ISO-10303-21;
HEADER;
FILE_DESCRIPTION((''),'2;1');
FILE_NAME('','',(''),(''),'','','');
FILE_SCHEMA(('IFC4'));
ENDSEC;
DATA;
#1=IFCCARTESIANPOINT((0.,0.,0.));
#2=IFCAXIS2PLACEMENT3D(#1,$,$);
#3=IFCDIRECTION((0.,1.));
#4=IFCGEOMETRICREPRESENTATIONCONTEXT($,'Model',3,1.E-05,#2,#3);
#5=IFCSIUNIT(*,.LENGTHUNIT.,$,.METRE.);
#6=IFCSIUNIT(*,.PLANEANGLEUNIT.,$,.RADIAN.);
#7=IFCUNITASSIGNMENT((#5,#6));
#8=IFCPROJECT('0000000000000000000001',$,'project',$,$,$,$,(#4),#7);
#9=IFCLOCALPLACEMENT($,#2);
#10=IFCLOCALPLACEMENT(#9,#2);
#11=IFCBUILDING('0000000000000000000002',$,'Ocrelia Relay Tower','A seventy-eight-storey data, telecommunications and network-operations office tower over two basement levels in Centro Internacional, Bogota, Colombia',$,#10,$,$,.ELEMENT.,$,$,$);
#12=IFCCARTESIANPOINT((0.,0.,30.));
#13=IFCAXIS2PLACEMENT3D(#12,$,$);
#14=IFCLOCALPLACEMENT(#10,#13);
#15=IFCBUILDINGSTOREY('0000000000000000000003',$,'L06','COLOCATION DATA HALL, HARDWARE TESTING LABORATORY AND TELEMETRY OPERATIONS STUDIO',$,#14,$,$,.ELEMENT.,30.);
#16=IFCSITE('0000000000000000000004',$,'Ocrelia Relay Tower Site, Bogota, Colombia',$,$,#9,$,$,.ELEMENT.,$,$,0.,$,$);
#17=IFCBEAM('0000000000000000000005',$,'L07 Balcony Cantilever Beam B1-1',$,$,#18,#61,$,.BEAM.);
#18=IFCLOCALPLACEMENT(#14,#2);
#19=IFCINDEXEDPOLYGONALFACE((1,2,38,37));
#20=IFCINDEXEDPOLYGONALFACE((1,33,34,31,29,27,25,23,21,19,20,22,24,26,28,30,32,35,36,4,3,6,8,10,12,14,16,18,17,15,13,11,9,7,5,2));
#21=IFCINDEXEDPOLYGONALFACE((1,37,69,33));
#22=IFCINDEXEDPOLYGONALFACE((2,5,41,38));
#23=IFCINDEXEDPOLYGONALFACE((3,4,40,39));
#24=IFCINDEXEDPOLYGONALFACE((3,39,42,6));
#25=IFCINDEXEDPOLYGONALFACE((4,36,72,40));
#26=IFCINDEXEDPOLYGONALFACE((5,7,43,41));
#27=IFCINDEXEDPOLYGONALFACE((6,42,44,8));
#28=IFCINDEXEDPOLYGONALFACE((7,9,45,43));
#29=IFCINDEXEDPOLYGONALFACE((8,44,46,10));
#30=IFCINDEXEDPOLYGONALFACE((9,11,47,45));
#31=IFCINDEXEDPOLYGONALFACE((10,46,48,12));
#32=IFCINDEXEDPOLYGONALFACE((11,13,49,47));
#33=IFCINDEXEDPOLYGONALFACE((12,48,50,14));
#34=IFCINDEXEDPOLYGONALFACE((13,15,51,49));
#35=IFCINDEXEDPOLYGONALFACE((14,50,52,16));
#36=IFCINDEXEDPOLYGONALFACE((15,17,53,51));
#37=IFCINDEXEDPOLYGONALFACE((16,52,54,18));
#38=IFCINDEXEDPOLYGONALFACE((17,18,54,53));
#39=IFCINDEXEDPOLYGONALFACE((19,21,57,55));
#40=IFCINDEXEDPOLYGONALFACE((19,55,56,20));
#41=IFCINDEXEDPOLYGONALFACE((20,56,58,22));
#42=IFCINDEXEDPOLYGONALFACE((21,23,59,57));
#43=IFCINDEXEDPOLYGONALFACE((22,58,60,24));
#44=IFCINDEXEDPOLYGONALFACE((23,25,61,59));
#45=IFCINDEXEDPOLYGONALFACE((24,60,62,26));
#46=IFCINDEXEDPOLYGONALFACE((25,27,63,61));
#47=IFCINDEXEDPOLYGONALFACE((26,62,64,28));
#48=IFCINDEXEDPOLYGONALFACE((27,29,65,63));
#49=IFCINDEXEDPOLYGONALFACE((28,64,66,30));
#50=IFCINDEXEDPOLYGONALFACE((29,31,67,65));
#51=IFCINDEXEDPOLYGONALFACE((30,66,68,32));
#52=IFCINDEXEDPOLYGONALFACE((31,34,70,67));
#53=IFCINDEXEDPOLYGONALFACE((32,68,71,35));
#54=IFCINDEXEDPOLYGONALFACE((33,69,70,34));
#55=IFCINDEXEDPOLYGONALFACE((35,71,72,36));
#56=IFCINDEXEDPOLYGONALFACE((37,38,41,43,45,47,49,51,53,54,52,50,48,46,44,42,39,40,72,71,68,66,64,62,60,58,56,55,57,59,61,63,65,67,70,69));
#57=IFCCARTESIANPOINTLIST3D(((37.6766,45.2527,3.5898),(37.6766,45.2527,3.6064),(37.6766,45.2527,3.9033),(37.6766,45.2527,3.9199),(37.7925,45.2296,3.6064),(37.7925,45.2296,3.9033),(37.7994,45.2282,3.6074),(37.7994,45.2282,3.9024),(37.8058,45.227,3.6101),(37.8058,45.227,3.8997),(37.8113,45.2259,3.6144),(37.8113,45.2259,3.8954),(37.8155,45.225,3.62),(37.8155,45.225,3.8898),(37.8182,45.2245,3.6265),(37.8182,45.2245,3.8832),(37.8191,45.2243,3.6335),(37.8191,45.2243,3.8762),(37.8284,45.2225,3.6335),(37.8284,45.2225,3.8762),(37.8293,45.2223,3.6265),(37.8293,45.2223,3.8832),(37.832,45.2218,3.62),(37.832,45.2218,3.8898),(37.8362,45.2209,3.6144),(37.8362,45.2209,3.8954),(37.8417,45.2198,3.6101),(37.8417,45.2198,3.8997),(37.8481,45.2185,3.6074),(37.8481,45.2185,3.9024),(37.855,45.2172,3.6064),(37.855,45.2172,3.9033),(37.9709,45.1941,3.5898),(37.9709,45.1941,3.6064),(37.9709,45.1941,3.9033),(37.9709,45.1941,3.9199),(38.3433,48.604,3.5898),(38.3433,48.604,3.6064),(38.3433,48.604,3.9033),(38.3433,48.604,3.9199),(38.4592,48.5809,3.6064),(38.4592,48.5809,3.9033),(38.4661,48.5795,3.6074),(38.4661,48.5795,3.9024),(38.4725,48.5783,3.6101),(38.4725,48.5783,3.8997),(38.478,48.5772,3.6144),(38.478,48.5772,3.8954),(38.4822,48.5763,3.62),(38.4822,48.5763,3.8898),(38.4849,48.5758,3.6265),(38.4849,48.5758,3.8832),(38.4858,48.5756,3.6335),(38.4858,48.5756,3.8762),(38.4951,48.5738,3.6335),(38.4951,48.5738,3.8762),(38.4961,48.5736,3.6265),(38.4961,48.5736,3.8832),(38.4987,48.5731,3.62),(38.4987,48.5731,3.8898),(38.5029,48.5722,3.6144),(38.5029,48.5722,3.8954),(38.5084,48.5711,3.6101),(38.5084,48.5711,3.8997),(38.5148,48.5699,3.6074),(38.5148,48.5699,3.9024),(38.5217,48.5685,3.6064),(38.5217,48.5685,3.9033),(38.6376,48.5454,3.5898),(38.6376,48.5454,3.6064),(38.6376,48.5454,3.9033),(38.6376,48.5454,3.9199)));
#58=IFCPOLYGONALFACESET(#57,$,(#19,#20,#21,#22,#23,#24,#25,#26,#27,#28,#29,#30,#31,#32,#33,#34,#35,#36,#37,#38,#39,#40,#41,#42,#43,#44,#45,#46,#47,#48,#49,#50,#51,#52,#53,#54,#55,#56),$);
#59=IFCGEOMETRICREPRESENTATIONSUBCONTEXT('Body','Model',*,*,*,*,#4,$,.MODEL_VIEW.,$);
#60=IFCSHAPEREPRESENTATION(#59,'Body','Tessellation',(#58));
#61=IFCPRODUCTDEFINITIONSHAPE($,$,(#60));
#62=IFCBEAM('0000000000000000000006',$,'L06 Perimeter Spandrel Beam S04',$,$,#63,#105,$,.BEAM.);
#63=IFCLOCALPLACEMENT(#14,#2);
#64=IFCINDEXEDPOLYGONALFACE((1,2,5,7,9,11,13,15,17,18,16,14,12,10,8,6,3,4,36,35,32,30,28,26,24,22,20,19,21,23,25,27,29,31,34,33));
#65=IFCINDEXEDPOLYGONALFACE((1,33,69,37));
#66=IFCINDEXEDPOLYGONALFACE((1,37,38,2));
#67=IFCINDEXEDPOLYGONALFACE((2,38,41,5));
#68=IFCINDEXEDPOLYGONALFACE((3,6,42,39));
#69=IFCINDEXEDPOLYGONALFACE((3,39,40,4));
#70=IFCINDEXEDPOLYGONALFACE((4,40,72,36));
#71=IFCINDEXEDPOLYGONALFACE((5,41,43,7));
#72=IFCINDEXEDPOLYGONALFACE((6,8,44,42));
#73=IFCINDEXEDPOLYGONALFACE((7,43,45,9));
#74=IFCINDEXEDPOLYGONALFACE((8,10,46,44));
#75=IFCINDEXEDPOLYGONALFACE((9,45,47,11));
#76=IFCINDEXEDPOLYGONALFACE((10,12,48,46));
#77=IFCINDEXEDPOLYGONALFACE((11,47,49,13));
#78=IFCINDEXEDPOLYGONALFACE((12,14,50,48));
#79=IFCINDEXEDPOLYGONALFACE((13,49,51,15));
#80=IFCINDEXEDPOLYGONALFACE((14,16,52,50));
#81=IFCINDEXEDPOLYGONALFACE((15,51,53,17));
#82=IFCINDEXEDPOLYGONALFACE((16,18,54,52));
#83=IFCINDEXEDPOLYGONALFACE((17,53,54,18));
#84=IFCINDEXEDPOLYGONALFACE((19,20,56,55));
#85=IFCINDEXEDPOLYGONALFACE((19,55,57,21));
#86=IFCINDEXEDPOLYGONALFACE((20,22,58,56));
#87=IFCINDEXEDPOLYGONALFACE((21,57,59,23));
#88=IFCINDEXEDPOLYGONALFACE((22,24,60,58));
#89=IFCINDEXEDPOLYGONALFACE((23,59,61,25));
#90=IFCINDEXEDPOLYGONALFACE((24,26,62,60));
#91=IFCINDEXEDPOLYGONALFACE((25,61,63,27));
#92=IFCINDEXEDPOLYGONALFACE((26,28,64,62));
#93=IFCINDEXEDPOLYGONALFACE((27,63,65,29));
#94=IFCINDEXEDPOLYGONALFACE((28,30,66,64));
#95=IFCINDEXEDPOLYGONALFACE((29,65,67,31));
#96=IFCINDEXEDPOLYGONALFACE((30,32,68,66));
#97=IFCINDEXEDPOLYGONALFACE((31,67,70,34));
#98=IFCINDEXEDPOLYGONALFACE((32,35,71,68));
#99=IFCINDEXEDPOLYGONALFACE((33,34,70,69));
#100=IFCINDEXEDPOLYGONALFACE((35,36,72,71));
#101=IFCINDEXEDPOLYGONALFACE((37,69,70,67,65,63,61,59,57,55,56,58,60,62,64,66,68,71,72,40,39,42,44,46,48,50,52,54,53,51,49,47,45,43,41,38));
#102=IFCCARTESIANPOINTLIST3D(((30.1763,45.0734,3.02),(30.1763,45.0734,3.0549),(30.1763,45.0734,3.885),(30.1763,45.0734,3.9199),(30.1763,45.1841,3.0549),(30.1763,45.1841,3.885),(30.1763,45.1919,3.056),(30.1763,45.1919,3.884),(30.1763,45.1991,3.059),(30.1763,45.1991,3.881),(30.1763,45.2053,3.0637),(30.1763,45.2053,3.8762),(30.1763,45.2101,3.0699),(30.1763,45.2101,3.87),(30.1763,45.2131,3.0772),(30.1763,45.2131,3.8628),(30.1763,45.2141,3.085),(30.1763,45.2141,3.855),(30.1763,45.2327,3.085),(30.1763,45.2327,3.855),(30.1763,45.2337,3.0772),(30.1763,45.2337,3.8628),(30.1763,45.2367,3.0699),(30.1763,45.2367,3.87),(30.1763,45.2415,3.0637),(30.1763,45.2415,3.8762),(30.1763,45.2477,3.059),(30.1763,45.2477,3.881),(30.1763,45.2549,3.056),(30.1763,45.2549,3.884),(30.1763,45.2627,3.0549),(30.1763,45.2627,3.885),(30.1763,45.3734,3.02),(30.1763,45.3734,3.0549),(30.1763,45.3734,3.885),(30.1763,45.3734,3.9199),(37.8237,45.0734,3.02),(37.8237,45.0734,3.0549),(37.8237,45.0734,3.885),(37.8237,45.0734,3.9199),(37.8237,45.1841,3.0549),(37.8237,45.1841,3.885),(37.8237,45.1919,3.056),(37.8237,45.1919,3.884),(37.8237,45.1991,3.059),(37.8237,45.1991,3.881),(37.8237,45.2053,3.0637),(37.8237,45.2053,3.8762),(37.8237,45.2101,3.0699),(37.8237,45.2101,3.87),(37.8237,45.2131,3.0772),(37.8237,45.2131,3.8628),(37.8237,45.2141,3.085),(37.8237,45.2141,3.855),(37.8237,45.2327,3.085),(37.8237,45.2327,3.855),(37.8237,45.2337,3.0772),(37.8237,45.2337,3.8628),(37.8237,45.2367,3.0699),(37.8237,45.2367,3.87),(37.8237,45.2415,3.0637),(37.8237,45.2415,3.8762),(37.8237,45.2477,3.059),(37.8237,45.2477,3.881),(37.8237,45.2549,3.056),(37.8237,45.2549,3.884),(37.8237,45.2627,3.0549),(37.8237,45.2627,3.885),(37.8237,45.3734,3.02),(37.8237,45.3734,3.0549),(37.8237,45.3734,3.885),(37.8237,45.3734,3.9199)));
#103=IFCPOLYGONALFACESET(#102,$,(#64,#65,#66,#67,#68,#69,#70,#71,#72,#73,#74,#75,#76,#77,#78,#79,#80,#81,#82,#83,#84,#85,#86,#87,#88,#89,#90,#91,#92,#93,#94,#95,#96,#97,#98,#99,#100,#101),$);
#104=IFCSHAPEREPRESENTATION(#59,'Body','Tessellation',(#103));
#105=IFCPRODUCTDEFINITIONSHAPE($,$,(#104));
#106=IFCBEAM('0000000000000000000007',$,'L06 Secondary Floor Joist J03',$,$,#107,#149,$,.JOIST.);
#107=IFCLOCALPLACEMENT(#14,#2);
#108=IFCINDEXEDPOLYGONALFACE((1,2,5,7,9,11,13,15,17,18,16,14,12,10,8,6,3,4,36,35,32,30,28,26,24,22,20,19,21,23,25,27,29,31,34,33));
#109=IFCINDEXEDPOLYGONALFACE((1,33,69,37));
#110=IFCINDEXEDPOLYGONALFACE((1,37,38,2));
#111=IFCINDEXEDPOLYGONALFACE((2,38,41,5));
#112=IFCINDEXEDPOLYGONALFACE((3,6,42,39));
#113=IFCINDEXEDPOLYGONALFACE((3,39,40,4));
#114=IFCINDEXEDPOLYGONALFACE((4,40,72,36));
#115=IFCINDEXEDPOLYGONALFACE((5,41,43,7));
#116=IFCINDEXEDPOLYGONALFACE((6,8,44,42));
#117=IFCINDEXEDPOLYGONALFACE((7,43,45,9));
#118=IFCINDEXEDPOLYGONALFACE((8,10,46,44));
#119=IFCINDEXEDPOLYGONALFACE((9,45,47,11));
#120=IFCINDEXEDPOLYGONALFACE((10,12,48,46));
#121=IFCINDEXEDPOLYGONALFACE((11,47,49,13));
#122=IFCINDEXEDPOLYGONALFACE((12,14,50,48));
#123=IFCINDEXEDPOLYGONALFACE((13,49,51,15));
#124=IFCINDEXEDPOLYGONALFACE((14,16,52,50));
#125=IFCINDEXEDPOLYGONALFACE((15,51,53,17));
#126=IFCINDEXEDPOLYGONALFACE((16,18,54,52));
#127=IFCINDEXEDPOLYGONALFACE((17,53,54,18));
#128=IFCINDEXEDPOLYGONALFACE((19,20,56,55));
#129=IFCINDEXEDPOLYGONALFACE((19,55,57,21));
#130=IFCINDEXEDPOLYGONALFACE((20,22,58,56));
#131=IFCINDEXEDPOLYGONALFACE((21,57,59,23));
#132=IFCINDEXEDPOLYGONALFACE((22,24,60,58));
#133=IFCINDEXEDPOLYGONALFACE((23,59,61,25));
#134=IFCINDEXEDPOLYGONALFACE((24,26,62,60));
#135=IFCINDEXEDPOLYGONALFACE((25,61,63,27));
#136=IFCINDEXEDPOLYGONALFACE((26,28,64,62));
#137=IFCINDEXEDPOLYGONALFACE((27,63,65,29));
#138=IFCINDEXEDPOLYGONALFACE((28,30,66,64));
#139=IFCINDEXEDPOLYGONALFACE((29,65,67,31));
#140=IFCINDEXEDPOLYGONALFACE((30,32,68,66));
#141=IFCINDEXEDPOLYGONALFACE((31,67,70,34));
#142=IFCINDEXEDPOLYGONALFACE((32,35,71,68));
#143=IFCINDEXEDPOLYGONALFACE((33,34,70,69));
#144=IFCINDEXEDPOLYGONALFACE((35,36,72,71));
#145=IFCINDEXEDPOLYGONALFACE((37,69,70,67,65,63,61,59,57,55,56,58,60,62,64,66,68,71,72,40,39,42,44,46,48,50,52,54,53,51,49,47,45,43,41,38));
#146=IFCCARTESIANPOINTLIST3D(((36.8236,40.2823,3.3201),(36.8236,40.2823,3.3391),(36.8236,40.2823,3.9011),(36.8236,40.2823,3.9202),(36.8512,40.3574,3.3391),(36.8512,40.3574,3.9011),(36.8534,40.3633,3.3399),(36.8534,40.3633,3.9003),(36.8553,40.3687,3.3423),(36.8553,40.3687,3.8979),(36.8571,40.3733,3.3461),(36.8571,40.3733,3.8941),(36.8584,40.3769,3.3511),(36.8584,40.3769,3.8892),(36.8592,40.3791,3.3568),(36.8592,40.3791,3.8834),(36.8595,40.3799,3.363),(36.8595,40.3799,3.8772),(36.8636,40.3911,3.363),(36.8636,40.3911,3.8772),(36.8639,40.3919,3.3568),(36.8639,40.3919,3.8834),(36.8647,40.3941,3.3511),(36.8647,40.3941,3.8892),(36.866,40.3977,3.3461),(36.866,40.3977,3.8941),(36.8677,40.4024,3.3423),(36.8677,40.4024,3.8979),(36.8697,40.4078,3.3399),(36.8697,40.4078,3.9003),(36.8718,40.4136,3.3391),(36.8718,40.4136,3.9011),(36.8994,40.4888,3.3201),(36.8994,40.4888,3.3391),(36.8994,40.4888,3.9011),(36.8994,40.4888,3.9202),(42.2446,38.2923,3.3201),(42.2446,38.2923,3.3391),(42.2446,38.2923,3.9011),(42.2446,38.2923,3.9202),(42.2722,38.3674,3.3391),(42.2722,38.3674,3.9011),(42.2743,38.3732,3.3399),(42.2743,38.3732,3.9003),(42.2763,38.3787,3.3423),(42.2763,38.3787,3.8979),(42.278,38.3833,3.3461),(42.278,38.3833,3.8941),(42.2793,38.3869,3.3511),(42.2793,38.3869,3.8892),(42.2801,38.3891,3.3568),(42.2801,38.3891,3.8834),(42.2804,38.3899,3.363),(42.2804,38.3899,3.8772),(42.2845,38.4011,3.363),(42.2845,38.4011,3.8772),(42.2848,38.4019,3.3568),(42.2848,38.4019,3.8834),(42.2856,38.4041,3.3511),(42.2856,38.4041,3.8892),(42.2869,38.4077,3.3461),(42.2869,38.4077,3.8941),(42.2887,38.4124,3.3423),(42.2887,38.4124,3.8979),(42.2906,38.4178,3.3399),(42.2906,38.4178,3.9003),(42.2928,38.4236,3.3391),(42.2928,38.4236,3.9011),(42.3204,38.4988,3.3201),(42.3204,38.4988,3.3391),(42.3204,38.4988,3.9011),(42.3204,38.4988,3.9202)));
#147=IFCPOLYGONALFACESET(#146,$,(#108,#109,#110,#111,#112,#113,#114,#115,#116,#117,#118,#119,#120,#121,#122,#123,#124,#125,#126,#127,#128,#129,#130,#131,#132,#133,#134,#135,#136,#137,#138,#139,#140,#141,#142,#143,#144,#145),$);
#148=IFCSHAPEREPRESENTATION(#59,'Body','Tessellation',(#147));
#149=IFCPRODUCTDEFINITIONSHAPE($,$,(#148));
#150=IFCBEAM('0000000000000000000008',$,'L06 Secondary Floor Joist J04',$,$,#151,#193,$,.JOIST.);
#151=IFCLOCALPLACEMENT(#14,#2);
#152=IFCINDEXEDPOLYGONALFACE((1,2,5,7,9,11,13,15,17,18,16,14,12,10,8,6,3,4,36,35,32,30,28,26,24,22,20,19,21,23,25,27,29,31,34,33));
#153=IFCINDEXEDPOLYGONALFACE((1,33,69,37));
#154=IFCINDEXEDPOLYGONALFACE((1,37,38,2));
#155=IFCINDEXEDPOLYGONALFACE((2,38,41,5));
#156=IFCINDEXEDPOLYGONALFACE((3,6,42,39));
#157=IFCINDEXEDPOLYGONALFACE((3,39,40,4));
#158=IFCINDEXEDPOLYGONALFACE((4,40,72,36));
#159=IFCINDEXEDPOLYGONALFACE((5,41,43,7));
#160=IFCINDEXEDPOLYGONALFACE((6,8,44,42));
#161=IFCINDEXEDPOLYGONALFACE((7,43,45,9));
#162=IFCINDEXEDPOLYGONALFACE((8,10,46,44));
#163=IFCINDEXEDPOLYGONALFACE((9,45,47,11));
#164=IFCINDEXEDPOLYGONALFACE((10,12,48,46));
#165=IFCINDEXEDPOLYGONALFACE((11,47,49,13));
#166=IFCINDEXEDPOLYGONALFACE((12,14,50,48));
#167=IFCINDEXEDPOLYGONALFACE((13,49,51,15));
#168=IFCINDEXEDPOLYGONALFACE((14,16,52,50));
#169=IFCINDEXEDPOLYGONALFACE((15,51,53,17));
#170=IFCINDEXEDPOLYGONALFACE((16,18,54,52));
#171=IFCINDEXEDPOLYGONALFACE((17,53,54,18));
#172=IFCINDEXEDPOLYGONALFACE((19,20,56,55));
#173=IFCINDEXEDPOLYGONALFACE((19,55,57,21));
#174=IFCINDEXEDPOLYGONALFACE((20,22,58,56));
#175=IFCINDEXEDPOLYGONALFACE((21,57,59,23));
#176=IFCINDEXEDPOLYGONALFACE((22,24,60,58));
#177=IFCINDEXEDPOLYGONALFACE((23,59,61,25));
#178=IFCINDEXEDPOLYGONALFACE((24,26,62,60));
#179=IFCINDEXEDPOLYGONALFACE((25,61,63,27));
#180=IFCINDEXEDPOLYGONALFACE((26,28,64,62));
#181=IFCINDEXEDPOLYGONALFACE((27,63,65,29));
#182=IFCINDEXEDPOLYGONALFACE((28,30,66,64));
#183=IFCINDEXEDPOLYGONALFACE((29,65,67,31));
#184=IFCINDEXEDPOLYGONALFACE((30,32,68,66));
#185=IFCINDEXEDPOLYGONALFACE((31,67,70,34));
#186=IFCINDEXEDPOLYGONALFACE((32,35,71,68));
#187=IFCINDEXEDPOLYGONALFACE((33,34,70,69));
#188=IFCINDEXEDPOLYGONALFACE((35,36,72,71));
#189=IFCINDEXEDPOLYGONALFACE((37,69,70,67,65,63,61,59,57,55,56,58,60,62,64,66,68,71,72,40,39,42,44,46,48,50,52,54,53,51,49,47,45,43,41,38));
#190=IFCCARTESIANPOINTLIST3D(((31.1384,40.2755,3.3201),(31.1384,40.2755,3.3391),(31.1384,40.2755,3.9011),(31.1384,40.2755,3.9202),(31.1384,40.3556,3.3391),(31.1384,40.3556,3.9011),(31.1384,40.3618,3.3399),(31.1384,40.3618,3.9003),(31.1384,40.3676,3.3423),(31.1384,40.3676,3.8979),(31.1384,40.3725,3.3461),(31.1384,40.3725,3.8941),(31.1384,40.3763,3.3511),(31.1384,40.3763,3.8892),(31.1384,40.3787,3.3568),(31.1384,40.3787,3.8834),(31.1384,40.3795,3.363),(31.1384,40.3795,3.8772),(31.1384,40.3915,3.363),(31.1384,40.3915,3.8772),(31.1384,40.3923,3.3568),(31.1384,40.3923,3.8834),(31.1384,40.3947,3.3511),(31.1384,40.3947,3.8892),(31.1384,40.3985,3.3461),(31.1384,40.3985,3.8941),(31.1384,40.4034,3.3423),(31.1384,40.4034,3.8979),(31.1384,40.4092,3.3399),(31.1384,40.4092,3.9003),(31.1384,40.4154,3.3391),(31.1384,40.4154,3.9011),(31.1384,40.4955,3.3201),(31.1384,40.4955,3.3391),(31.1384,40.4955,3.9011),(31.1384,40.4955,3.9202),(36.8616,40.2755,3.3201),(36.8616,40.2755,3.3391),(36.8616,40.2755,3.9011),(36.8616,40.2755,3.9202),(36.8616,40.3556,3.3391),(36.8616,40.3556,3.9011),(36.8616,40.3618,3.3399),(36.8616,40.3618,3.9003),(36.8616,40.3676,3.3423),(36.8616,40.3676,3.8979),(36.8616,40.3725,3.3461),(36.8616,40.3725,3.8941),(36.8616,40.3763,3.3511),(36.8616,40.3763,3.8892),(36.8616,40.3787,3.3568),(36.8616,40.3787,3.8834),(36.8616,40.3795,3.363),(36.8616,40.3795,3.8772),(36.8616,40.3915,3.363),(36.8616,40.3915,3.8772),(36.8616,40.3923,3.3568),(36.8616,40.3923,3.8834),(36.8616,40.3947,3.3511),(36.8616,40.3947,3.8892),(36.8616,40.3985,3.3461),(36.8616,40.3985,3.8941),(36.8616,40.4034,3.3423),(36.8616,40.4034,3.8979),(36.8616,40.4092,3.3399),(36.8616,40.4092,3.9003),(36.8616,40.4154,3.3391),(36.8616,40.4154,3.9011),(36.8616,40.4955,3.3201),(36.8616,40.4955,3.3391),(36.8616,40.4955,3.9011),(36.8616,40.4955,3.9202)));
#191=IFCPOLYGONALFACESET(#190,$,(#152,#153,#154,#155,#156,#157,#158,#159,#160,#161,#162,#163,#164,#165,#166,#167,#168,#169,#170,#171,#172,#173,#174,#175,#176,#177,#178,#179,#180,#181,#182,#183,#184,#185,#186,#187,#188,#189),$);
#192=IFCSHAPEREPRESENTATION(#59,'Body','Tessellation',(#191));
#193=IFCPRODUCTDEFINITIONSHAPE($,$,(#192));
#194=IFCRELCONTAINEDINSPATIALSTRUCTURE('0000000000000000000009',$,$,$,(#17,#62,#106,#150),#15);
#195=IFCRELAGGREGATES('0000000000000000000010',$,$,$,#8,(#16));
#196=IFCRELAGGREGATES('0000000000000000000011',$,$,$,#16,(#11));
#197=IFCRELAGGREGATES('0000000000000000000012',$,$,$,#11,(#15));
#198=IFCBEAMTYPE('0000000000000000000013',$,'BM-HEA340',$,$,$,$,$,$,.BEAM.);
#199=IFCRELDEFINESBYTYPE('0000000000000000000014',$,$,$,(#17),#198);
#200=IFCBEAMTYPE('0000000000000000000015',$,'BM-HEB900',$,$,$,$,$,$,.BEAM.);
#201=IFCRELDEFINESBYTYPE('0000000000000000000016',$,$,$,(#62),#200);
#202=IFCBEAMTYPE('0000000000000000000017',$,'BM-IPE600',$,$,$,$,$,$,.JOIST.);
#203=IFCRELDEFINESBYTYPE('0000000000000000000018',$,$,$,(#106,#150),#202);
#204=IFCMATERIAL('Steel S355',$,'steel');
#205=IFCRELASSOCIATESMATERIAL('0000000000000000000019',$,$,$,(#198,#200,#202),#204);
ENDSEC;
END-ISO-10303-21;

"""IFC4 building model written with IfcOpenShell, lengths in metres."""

from ifc_helpers import new_model, si_unit, direction, frame, origin, origin_2d, place, context, subcontext, project, spatial, i_section, extrude, material, material_profile, profile_set, type_object, element, save


model = new_model("IFC4")

# Units and contexts
model_context = context("Model", 3, precision=1e-05, world=origin(), true_north=direction((0.0, 1.0)))
body_context = subcontext(model_context, "Body", "Model", "MODEL_VIEW")
ifc_project = project(units=[si_unit("LENGTHUNIT", "METRE"), si_unit("PLANEANGLEUNIT", "RADIAN")], contexts=[model_context])

# Site, building, storey
site_placement = place(None, origin())
site = spatial("IfcSite", under=ifc_project, at=site_placement, Name="Ocrelia Relay Tower Site, Bogota, Colombia", CompositionType="ELEMENT", RefElevation=0.0)
building_placement = place(site_placement, origin())
building = spatial("IfcBuilding", under=site, at=building_placement, Name="Ocrelia Relay Tower", Description="A seventy-eight-storey data, telecommunications and network-operations office tower over two basement levels in Centro Internacional, Bogota, Colombia", CompositionType="ELEMENT")
storey_placement = place(building_placement, frame((0.0, 0.0, 30.0)))
storey = spatial("IfcBuildingStorey", under=building, at=storey_placement, Name="L06", Description="COLOCATION DATA HALL, HARDWARE TESTING LABORATORY AND TELEMETRY OPERATIONS STUDIO", CompositionType="ELEMENT", Elevation=30.0)

# Beams
ifc_material_1 = material(Name="Steel S355", Category="steel")
ifc_material_profile_1 = material_profile(ifc_material_1, i_section(OverallWidth=0.3, OverallDepth=0.3301, WebThickness=0.0095, FlangeThickness=0.0166, FilletRadius=0.0271, at=origin_2d()), Name="HEA 340")
ifc_profile_set_1 = profile_set([ifc_material_profile_1], Name="Steel S355")
beam_type_1 = type_object("IfcBeamType", Name="BM-HEA340", PredefinedType="BEAM", material=ifc_profile_set_1)
beam_1_placement = place(storey_placement, frame((37.8237, 45.2234, 3.7549), z_axis=(0.195127, 0.980778, 0.0), x_axis=(-0.980778, 0.195127, 0.0)))
element("IfcBeam", 1, at=beam_1_placement, inside=storey, type_object=beam_type_1, Name="L07 Balcony Cantilever Beam B1-1", PredefinedType="BEAM", context=body_context, shape_type="SweptSolid", body=[
    extrude(i_section(OverallWidth=0.3, OverallDepth=0.3301, WebThickness=0.0095, FlangeThickness=0.0166, FilletRadius=0.0271, at=origin_2d()), origin(), (0.0, 0.0, 1.0), 3.417),
])
ifc_material_profile_2 = material_profile(ifc_material_1, i_section(OverallWidth=0.3, OverallDepth=0.8999, WebThickness=0.0186, FlangeThickness=0.0349, FilletRadius=0.03, at=origin_2d()), Name="HEB 900")
ifc_profile_set_2 = profile_set([ifc_material_profile_2], Name="Steel S355")
beam_type_2 = type_object("IfcBeamType", Name="BM-HEB900", PredefinedType="BEAM", material=ifc_profile_set_2)
beam_2_placement = place(storey_placement, frame((37.8237, 45.2234, 3.47), z_axis=(-1.0, 0.0, 0.0), x_axis=(0.0, -1.0, 0.0)))
element("IfcBeam", 2, at=beam_2_placement, inside=storey, type_object=beam_type_2, Name="L06 Perimeter Spandrel Beam S04", PredefinedType="BEAM", context=body_context, shape_type="SweptSolid", body=[
    extrude(i_section(OverallWidth=0.3, OverallDepth=0.8999, WebThickness=0.0186, FlangeThickness=0.0349, FilletRadius=0.03, at=origin_2d()), origin(), (0.0, 0.0, 1.0), 7.6475),
])
ifc_material_profile_3 = material_profile(ifc_material_1, i_section(OverallWidth=0.22, OverallDepth=0.6001, WebThickness=0.012, FlangeThickness=0.019, FilletRadius=0.0239, at=origin_2d()), Name="IPE 600")
ifc_profile_set_3 = profile_set([ifc_material_profile_3], Name="Steel S355")
beam_type_3 = type_object("IfcBeamType", Name="BM-IPE600", PredefinedType="JOIST", material=ifc_profile_set_3)
beam_3_placement = place(storey_placement, frame((42.2825, 38.3955, 3.6201), z_axis=(-0.938746, 0.34461, 0.0), x_axis=(-0.34461, -0.938746, 0.0)))
element("IfcBeam", 3, at=beam_3_placement, inside=storey, type_object=beam_type_3, Name="L06 Secondary Floor Joist J03", PredefinedType="JOIST", context=body_context, shape_type="SweptSolid", body=[
    extrude(i_section(OverallWidth=0.22, OverallDepth=0.6001, WebThickness=0.012, FlangeThickness=0.019, FilletRadius=0.0239, at=origin_2d()), origin(), (0.0, 0.0, 1.0), 5.7747),
])
beam_4_placement = place(storey_placement, frame((36.8616, 40.3855, 3.6201), z_axis=(-1.0, 0.0, 0.0), x_axis=(0.0, -1.0, 0.0)))
element("IfcBeam", 4, at=beam_4_placement, inside=storey, type_object=beam_type_3, Name="L06 Secondary Floor Joist J04", PredefinedType="JOIST", context=body_context, shape_type="SweptSolid", body=[
    extrude(i_section(OverallWidth=0.22, OverallDepth=0.6001, WebThickness=0.012, FlangeThickness=0.019, FilletRadius=0.0239, at=origin_2d()), origin(), (0.0, 0.0, 1.0), 5.7231),
])

save(model, "model.ifc")
